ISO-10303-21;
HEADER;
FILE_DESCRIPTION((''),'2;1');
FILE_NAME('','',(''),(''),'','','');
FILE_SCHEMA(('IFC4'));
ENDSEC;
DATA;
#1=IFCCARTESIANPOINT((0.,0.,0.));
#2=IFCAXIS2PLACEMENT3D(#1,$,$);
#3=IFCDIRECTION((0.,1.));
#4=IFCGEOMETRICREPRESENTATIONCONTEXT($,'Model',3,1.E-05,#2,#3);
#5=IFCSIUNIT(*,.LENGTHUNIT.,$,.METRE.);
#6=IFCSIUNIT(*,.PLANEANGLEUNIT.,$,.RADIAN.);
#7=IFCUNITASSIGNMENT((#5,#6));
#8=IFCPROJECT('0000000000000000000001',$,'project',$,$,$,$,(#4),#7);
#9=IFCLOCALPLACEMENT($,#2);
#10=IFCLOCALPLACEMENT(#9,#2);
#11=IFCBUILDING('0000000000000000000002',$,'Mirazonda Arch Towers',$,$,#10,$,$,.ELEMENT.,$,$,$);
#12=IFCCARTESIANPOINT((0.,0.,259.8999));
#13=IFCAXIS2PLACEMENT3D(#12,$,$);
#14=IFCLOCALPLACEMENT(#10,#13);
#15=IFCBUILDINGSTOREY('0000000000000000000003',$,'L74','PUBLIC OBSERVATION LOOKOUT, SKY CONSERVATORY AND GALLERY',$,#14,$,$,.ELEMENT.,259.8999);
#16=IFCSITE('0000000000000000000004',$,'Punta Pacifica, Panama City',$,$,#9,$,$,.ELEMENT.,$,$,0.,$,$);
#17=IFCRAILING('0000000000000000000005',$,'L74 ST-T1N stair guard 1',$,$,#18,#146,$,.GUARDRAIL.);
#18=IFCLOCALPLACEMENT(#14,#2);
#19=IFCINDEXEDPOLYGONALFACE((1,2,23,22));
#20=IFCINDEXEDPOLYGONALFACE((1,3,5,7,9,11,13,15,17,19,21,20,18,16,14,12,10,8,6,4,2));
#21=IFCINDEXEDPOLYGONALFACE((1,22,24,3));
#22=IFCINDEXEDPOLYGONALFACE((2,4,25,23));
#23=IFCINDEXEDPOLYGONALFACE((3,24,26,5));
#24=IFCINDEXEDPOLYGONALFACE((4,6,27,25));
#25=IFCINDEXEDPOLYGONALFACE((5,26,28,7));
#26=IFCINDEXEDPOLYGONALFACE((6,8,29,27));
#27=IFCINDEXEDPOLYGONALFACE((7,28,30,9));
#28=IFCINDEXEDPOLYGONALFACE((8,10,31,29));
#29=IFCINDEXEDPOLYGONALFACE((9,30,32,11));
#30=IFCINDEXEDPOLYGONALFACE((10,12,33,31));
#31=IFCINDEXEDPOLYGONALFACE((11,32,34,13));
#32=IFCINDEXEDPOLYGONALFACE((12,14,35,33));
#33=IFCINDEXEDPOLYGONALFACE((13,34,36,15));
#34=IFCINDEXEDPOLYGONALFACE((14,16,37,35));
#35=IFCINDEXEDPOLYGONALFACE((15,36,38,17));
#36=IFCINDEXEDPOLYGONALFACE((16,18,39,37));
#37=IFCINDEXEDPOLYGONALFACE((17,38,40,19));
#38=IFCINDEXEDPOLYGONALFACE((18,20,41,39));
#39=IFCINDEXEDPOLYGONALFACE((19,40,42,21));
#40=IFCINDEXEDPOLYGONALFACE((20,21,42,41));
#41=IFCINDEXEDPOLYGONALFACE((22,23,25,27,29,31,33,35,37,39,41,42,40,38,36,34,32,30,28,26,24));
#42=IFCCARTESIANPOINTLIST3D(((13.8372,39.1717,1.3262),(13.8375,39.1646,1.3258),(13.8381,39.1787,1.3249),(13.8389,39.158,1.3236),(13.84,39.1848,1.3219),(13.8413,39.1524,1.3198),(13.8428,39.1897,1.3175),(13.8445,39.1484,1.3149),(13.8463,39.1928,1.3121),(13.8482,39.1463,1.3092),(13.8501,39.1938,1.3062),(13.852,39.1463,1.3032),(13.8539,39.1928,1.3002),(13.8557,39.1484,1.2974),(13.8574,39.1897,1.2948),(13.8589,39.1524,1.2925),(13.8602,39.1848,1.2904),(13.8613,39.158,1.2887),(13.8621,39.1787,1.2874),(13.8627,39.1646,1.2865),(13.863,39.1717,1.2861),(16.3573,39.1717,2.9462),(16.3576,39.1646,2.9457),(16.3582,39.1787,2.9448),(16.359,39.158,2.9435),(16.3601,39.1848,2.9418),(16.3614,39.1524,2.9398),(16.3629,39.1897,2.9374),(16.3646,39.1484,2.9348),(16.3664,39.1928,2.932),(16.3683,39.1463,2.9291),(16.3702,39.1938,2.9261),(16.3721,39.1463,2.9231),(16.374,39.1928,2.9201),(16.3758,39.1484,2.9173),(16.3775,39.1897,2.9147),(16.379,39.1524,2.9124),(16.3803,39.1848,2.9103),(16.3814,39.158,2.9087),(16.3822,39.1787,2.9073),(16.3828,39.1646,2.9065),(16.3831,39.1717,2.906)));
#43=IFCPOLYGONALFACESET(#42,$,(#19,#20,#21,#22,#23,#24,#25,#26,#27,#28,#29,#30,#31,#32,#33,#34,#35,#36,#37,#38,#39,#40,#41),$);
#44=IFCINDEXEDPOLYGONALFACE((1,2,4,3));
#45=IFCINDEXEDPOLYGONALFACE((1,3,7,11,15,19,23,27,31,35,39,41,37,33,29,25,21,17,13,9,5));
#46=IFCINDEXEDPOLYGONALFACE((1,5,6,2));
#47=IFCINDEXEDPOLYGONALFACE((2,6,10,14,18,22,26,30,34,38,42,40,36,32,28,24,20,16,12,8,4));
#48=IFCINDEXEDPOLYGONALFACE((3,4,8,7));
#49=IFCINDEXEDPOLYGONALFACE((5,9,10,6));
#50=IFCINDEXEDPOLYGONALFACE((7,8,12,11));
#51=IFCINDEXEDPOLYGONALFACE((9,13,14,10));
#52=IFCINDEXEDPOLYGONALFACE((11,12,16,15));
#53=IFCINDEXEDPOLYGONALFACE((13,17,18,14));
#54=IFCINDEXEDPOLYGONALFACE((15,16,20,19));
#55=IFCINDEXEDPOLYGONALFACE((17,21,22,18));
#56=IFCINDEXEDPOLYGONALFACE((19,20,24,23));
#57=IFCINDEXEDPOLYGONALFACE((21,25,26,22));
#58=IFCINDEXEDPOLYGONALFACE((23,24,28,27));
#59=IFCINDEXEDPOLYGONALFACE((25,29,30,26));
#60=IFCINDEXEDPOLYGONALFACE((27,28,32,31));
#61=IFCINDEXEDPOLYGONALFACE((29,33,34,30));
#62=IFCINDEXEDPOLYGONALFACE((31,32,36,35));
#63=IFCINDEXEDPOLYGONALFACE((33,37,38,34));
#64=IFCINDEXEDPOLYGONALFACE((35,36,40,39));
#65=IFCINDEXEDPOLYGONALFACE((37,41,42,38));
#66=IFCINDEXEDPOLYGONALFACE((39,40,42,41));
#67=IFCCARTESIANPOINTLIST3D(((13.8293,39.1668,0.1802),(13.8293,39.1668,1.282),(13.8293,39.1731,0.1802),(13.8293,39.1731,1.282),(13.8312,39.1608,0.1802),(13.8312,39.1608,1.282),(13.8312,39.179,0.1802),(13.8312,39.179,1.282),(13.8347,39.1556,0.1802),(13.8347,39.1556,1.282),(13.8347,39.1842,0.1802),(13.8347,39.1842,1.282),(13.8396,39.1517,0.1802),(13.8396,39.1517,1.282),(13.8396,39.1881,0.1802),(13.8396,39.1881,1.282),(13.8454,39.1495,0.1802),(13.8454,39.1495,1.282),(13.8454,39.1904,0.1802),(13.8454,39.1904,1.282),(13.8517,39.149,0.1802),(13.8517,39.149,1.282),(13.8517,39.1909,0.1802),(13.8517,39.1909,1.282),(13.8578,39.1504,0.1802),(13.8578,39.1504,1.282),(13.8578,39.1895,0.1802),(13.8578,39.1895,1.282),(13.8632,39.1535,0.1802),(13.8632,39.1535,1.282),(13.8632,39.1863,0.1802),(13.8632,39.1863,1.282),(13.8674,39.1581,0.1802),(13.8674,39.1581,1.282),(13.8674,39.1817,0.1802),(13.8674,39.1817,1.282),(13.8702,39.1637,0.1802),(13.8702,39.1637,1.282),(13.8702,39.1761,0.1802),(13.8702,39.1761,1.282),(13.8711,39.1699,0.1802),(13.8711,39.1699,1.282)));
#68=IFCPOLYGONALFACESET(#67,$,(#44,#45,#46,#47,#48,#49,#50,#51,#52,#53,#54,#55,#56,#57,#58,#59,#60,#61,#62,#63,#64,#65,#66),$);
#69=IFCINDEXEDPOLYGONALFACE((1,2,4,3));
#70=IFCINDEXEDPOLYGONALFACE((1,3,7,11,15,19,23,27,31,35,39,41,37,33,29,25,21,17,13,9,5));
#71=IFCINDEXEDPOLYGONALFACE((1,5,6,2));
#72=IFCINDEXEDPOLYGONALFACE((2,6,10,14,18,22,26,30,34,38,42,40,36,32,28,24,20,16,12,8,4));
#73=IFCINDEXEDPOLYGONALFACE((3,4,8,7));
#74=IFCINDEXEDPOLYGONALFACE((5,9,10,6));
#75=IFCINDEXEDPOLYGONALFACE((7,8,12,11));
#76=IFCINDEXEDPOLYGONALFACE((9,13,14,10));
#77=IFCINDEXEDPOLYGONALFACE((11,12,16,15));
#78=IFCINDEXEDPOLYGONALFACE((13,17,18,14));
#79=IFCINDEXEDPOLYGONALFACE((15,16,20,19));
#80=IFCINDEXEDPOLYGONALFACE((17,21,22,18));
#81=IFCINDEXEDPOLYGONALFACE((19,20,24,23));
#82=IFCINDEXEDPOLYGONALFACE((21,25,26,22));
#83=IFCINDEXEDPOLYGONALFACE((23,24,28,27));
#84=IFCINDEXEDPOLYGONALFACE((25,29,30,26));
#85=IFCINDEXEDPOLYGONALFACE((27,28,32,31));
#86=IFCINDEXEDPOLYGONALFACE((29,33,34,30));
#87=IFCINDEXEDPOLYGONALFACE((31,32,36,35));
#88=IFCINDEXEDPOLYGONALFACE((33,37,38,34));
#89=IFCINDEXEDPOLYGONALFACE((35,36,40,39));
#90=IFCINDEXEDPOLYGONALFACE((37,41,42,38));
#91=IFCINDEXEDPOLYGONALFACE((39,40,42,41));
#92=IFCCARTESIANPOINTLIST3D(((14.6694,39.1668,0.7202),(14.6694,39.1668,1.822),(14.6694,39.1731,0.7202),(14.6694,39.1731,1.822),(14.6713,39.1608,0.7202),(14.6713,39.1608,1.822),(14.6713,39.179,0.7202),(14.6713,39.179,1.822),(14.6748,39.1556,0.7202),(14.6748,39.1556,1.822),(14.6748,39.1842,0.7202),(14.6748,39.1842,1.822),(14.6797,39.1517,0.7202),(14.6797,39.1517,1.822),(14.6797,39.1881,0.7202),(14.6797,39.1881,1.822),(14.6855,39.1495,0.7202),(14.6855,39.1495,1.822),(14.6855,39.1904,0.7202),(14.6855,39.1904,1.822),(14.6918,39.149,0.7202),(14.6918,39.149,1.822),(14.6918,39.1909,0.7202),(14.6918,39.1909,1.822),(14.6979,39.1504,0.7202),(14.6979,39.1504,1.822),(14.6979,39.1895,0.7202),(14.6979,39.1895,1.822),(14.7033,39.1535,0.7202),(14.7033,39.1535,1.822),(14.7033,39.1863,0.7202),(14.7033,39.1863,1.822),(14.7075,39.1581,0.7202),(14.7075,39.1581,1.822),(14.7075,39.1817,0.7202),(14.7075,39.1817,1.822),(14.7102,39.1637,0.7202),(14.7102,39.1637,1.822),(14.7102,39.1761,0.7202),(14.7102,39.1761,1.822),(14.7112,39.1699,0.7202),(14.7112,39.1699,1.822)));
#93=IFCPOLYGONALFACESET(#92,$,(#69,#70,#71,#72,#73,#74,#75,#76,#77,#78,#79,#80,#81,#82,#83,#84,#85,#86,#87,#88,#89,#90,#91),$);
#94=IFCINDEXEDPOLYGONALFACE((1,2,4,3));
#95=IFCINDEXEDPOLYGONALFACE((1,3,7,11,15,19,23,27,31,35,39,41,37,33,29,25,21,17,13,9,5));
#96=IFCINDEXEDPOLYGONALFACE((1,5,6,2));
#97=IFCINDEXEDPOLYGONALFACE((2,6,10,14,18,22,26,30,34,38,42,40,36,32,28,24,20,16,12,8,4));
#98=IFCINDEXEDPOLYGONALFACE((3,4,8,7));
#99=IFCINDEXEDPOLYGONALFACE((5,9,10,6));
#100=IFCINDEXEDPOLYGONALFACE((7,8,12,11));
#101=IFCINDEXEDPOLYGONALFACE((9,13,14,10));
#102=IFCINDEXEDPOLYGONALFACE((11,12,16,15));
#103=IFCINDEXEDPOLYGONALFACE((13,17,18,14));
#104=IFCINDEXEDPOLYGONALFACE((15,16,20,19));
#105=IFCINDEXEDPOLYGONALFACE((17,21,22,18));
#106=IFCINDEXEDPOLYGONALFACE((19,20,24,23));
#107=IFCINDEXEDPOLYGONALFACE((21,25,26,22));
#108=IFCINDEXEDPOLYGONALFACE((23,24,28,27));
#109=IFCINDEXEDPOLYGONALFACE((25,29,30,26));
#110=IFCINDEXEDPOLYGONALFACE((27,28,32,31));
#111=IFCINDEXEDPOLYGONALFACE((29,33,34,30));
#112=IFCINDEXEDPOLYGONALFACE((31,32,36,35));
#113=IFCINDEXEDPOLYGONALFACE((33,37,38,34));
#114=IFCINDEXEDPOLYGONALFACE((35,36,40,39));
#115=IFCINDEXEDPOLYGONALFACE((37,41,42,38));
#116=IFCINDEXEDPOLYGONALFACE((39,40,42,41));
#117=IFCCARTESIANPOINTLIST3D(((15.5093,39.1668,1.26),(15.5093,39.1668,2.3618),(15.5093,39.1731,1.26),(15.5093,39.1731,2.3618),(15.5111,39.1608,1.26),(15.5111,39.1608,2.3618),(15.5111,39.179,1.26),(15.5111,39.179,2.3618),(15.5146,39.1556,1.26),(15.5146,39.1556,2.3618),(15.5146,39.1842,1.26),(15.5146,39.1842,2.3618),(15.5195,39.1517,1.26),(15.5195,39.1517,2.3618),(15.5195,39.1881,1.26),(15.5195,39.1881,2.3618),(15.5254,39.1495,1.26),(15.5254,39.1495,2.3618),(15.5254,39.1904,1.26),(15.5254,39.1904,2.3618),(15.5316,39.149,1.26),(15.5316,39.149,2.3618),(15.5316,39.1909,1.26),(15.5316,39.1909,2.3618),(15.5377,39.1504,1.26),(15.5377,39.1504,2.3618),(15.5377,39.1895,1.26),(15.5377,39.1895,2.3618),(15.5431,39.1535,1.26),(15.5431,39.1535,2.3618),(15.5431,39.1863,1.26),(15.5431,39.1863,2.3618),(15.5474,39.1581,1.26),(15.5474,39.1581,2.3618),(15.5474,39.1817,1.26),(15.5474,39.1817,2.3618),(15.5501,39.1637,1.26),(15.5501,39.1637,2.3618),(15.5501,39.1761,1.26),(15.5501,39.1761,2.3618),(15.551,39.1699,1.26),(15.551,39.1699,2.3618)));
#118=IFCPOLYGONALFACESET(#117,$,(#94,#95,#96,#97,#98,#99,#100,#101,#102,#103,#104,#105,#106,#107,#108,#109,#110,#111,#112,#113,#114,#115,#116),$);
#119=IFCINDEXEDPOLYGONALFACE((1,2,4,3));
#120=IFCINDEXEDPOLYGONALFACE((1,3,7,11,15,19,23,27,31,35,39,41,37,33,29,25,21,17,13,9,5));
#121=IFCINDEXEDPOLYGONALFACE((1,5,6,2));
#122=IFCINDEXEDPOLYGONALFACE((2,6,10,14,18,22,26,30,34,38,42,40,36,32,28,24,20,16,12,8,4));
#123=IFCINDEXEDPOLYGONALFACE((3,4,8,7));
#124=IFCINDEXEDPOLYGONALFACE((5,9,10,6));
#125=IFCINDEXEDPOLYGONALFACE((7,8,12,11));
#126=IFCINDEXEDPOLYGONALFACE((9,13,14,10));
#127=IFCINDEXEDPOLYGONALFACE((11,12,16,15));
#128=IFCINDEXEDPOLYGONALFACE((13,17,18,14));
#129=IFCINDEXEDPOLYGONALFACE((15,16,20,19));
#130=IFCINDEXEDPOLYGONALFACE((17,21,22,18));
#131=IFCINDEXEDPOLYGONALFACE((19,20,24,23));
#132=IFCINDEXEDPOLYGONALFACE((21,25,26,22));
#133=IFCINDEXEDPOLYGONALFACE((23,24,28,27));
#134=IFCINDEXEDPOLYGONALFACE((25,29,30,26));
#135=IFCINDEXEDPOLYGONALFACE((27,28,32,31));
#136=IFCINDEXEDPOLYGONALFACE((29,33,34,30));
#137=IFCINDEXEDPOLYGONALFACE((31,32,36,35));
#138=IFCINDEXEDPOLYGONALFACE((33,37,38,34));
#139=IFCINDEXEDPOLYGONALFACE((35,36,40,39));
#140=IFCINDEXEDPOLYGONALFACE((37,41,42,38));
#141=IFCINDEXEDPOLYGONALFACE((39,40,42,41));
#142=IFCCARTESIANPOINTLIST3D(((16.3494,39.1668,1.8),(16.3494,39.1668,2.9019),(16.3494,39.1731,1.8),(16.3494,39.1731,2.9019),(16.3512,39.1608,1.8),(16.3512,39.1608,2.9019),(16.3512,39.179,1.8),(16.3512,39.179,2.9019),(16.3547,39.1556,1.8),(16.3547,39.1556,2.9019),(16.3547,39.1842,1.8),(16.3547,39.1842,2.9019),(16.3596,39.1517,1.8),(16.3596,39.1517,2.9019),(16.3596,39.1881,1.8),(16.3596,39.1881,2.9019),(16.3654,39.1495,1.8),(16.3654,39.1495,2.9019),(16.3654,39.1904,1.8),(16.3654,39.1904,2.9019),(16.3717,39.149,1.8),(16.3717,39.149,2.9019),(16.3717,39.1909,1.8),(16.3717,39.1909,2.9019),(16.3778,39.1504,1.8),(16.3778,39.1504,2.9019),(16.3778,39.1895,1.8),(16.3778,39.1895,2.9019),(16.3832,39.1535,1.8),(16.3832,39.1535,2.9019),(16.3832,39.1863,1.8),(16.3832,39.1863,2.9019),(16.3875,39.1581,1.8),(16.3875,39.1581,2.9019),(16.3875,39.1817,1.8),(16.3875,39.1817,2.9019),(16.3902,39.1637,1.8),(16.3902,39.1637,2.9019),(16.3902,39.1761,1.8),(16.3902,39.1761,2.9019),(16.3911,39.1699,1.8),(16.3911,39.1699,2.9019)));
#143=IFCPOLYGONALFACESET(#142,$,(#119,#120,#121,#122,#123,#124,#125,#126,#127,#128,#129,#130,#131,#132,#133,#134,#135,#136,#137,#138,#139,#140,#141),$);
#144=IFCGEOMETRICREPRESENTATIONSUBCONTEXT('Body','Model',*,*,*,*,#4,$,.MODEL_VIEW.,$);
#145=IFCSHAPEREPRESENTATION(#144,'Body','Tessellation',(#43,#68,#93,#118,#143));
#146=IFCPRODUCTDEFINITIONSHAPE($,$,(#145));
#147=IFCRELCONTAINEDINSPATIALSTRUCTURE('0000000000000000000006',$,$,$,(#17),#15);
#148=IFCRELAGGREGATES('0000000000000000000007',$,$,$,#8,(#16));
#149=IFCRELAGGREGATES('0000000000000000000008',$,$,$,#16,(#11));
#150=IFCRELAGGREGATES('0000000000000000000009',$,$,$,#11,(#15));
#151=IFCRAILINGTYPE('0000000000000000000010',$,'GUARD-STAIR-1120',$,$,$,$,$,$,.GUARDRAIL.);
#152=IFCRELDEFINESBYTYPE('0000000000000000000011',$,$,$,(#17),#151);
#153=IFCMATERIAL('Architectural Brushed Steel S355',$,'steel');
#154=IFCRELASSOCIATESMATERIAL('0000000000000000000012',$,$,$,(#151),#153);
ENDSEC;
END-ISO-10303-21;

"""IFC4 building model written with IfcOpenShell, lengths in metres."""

from ifc_helpers import new_model, si_unit, direction, frame, origin, origin_2d, place, context, subcontext, project, spatial, circle, extrude, material, type_object, element, save


model = new_model("IFC4")

# Units and contexts
model_context = context("Model", 3, precision=1e-05, world=origin(), true_north=direction((0.0, 1.0)))
body_context = subcontext(model_context, "Body", "Model", "MODEL_VIEW")
ifc_project = project(units=[si_unit("LENGTHUNIT", "METRE"), si_unit("PLANEANGLEUNIT", "RADIAN")], contexts=[model_context])

# Site, building, storey
site_placement = place(None, origin())
site = spatial("IfcSite", under=ifc_project, at=site_placement, Name="Punta Pacifica, Panama City", CompositionType="ELEMENT", RefElevation=0.0)
building_placement = place(site_placement, origin())
building = spatial("IfcBuilding", under=site, at=building_placement, Name="Mirazonda Arch Towers", CompositionType="ELEMENT")
storey_placement = place(building_placement, frame((0.0, 0.0, 259.8999)))
storey = spatial("IfcBuildingStorey", under=building, at=storey_placement, Name="L74", Description="PUBLIC OBSERVATION LOOKOUT, SKY CONSERVATORY AND GALLERY", CompositionType="ELEMENT", Elevation=259.8999)

# Shared definitions
ifc_material_1 = material(Name="Architectural Brushed Steel S355", Category="steel")

# Railing
railing_type_1 = type_object("IfcRailingType", Name="GUARD-STAIR-1120", PredefinedType="GUARDRAIL", material=ifc_material_1)
railing_1_placement = place(storey_placement, frame((13.8501, 39.1699, 0.1802)))
element("IfcRailing", 1, at=railing_1_placement, inside=storey, type_object=railing_type_1, Name="L74 ST-T1N stair guard 1", PredefinedType="GUARDRAIL", context=body_context, shape_type="SweptSolid", body=[
    extrude(circle(Radius=0.0239, at=origin_2d()), frame((0.0, 0.0, 1.126), z_axis=(0.8412, 0.0, 0.540725), x_axis=(0.0, 1.0, 0.0)), (0.0, 0.0, 1.0), 2.9958),
    extrude(circle(Radius=0.021, at=origin_2d()), origin(), (0.0, 0.0, 1.0), 1.1018),
    extrude(circle(Radius=0.021, at=origin_2d()), frame((0.8401, 0.0, 0.54)), (0.0, 0.0, 1.0), 1.1018),
    extrude(circle(Radius=0.021, at=origin_2d()), frame((1.6799, 0.0, 1.0798)), (0.0, 0.0, 1.0), 1.1018),
    extrude(circle(Radius=0.021, at=origin_2d()), frame((2.52, 0.0, 1.6199)), (0.0, 0.0, 1.0), 1.1018),
])

save(model, "model.ifc")
